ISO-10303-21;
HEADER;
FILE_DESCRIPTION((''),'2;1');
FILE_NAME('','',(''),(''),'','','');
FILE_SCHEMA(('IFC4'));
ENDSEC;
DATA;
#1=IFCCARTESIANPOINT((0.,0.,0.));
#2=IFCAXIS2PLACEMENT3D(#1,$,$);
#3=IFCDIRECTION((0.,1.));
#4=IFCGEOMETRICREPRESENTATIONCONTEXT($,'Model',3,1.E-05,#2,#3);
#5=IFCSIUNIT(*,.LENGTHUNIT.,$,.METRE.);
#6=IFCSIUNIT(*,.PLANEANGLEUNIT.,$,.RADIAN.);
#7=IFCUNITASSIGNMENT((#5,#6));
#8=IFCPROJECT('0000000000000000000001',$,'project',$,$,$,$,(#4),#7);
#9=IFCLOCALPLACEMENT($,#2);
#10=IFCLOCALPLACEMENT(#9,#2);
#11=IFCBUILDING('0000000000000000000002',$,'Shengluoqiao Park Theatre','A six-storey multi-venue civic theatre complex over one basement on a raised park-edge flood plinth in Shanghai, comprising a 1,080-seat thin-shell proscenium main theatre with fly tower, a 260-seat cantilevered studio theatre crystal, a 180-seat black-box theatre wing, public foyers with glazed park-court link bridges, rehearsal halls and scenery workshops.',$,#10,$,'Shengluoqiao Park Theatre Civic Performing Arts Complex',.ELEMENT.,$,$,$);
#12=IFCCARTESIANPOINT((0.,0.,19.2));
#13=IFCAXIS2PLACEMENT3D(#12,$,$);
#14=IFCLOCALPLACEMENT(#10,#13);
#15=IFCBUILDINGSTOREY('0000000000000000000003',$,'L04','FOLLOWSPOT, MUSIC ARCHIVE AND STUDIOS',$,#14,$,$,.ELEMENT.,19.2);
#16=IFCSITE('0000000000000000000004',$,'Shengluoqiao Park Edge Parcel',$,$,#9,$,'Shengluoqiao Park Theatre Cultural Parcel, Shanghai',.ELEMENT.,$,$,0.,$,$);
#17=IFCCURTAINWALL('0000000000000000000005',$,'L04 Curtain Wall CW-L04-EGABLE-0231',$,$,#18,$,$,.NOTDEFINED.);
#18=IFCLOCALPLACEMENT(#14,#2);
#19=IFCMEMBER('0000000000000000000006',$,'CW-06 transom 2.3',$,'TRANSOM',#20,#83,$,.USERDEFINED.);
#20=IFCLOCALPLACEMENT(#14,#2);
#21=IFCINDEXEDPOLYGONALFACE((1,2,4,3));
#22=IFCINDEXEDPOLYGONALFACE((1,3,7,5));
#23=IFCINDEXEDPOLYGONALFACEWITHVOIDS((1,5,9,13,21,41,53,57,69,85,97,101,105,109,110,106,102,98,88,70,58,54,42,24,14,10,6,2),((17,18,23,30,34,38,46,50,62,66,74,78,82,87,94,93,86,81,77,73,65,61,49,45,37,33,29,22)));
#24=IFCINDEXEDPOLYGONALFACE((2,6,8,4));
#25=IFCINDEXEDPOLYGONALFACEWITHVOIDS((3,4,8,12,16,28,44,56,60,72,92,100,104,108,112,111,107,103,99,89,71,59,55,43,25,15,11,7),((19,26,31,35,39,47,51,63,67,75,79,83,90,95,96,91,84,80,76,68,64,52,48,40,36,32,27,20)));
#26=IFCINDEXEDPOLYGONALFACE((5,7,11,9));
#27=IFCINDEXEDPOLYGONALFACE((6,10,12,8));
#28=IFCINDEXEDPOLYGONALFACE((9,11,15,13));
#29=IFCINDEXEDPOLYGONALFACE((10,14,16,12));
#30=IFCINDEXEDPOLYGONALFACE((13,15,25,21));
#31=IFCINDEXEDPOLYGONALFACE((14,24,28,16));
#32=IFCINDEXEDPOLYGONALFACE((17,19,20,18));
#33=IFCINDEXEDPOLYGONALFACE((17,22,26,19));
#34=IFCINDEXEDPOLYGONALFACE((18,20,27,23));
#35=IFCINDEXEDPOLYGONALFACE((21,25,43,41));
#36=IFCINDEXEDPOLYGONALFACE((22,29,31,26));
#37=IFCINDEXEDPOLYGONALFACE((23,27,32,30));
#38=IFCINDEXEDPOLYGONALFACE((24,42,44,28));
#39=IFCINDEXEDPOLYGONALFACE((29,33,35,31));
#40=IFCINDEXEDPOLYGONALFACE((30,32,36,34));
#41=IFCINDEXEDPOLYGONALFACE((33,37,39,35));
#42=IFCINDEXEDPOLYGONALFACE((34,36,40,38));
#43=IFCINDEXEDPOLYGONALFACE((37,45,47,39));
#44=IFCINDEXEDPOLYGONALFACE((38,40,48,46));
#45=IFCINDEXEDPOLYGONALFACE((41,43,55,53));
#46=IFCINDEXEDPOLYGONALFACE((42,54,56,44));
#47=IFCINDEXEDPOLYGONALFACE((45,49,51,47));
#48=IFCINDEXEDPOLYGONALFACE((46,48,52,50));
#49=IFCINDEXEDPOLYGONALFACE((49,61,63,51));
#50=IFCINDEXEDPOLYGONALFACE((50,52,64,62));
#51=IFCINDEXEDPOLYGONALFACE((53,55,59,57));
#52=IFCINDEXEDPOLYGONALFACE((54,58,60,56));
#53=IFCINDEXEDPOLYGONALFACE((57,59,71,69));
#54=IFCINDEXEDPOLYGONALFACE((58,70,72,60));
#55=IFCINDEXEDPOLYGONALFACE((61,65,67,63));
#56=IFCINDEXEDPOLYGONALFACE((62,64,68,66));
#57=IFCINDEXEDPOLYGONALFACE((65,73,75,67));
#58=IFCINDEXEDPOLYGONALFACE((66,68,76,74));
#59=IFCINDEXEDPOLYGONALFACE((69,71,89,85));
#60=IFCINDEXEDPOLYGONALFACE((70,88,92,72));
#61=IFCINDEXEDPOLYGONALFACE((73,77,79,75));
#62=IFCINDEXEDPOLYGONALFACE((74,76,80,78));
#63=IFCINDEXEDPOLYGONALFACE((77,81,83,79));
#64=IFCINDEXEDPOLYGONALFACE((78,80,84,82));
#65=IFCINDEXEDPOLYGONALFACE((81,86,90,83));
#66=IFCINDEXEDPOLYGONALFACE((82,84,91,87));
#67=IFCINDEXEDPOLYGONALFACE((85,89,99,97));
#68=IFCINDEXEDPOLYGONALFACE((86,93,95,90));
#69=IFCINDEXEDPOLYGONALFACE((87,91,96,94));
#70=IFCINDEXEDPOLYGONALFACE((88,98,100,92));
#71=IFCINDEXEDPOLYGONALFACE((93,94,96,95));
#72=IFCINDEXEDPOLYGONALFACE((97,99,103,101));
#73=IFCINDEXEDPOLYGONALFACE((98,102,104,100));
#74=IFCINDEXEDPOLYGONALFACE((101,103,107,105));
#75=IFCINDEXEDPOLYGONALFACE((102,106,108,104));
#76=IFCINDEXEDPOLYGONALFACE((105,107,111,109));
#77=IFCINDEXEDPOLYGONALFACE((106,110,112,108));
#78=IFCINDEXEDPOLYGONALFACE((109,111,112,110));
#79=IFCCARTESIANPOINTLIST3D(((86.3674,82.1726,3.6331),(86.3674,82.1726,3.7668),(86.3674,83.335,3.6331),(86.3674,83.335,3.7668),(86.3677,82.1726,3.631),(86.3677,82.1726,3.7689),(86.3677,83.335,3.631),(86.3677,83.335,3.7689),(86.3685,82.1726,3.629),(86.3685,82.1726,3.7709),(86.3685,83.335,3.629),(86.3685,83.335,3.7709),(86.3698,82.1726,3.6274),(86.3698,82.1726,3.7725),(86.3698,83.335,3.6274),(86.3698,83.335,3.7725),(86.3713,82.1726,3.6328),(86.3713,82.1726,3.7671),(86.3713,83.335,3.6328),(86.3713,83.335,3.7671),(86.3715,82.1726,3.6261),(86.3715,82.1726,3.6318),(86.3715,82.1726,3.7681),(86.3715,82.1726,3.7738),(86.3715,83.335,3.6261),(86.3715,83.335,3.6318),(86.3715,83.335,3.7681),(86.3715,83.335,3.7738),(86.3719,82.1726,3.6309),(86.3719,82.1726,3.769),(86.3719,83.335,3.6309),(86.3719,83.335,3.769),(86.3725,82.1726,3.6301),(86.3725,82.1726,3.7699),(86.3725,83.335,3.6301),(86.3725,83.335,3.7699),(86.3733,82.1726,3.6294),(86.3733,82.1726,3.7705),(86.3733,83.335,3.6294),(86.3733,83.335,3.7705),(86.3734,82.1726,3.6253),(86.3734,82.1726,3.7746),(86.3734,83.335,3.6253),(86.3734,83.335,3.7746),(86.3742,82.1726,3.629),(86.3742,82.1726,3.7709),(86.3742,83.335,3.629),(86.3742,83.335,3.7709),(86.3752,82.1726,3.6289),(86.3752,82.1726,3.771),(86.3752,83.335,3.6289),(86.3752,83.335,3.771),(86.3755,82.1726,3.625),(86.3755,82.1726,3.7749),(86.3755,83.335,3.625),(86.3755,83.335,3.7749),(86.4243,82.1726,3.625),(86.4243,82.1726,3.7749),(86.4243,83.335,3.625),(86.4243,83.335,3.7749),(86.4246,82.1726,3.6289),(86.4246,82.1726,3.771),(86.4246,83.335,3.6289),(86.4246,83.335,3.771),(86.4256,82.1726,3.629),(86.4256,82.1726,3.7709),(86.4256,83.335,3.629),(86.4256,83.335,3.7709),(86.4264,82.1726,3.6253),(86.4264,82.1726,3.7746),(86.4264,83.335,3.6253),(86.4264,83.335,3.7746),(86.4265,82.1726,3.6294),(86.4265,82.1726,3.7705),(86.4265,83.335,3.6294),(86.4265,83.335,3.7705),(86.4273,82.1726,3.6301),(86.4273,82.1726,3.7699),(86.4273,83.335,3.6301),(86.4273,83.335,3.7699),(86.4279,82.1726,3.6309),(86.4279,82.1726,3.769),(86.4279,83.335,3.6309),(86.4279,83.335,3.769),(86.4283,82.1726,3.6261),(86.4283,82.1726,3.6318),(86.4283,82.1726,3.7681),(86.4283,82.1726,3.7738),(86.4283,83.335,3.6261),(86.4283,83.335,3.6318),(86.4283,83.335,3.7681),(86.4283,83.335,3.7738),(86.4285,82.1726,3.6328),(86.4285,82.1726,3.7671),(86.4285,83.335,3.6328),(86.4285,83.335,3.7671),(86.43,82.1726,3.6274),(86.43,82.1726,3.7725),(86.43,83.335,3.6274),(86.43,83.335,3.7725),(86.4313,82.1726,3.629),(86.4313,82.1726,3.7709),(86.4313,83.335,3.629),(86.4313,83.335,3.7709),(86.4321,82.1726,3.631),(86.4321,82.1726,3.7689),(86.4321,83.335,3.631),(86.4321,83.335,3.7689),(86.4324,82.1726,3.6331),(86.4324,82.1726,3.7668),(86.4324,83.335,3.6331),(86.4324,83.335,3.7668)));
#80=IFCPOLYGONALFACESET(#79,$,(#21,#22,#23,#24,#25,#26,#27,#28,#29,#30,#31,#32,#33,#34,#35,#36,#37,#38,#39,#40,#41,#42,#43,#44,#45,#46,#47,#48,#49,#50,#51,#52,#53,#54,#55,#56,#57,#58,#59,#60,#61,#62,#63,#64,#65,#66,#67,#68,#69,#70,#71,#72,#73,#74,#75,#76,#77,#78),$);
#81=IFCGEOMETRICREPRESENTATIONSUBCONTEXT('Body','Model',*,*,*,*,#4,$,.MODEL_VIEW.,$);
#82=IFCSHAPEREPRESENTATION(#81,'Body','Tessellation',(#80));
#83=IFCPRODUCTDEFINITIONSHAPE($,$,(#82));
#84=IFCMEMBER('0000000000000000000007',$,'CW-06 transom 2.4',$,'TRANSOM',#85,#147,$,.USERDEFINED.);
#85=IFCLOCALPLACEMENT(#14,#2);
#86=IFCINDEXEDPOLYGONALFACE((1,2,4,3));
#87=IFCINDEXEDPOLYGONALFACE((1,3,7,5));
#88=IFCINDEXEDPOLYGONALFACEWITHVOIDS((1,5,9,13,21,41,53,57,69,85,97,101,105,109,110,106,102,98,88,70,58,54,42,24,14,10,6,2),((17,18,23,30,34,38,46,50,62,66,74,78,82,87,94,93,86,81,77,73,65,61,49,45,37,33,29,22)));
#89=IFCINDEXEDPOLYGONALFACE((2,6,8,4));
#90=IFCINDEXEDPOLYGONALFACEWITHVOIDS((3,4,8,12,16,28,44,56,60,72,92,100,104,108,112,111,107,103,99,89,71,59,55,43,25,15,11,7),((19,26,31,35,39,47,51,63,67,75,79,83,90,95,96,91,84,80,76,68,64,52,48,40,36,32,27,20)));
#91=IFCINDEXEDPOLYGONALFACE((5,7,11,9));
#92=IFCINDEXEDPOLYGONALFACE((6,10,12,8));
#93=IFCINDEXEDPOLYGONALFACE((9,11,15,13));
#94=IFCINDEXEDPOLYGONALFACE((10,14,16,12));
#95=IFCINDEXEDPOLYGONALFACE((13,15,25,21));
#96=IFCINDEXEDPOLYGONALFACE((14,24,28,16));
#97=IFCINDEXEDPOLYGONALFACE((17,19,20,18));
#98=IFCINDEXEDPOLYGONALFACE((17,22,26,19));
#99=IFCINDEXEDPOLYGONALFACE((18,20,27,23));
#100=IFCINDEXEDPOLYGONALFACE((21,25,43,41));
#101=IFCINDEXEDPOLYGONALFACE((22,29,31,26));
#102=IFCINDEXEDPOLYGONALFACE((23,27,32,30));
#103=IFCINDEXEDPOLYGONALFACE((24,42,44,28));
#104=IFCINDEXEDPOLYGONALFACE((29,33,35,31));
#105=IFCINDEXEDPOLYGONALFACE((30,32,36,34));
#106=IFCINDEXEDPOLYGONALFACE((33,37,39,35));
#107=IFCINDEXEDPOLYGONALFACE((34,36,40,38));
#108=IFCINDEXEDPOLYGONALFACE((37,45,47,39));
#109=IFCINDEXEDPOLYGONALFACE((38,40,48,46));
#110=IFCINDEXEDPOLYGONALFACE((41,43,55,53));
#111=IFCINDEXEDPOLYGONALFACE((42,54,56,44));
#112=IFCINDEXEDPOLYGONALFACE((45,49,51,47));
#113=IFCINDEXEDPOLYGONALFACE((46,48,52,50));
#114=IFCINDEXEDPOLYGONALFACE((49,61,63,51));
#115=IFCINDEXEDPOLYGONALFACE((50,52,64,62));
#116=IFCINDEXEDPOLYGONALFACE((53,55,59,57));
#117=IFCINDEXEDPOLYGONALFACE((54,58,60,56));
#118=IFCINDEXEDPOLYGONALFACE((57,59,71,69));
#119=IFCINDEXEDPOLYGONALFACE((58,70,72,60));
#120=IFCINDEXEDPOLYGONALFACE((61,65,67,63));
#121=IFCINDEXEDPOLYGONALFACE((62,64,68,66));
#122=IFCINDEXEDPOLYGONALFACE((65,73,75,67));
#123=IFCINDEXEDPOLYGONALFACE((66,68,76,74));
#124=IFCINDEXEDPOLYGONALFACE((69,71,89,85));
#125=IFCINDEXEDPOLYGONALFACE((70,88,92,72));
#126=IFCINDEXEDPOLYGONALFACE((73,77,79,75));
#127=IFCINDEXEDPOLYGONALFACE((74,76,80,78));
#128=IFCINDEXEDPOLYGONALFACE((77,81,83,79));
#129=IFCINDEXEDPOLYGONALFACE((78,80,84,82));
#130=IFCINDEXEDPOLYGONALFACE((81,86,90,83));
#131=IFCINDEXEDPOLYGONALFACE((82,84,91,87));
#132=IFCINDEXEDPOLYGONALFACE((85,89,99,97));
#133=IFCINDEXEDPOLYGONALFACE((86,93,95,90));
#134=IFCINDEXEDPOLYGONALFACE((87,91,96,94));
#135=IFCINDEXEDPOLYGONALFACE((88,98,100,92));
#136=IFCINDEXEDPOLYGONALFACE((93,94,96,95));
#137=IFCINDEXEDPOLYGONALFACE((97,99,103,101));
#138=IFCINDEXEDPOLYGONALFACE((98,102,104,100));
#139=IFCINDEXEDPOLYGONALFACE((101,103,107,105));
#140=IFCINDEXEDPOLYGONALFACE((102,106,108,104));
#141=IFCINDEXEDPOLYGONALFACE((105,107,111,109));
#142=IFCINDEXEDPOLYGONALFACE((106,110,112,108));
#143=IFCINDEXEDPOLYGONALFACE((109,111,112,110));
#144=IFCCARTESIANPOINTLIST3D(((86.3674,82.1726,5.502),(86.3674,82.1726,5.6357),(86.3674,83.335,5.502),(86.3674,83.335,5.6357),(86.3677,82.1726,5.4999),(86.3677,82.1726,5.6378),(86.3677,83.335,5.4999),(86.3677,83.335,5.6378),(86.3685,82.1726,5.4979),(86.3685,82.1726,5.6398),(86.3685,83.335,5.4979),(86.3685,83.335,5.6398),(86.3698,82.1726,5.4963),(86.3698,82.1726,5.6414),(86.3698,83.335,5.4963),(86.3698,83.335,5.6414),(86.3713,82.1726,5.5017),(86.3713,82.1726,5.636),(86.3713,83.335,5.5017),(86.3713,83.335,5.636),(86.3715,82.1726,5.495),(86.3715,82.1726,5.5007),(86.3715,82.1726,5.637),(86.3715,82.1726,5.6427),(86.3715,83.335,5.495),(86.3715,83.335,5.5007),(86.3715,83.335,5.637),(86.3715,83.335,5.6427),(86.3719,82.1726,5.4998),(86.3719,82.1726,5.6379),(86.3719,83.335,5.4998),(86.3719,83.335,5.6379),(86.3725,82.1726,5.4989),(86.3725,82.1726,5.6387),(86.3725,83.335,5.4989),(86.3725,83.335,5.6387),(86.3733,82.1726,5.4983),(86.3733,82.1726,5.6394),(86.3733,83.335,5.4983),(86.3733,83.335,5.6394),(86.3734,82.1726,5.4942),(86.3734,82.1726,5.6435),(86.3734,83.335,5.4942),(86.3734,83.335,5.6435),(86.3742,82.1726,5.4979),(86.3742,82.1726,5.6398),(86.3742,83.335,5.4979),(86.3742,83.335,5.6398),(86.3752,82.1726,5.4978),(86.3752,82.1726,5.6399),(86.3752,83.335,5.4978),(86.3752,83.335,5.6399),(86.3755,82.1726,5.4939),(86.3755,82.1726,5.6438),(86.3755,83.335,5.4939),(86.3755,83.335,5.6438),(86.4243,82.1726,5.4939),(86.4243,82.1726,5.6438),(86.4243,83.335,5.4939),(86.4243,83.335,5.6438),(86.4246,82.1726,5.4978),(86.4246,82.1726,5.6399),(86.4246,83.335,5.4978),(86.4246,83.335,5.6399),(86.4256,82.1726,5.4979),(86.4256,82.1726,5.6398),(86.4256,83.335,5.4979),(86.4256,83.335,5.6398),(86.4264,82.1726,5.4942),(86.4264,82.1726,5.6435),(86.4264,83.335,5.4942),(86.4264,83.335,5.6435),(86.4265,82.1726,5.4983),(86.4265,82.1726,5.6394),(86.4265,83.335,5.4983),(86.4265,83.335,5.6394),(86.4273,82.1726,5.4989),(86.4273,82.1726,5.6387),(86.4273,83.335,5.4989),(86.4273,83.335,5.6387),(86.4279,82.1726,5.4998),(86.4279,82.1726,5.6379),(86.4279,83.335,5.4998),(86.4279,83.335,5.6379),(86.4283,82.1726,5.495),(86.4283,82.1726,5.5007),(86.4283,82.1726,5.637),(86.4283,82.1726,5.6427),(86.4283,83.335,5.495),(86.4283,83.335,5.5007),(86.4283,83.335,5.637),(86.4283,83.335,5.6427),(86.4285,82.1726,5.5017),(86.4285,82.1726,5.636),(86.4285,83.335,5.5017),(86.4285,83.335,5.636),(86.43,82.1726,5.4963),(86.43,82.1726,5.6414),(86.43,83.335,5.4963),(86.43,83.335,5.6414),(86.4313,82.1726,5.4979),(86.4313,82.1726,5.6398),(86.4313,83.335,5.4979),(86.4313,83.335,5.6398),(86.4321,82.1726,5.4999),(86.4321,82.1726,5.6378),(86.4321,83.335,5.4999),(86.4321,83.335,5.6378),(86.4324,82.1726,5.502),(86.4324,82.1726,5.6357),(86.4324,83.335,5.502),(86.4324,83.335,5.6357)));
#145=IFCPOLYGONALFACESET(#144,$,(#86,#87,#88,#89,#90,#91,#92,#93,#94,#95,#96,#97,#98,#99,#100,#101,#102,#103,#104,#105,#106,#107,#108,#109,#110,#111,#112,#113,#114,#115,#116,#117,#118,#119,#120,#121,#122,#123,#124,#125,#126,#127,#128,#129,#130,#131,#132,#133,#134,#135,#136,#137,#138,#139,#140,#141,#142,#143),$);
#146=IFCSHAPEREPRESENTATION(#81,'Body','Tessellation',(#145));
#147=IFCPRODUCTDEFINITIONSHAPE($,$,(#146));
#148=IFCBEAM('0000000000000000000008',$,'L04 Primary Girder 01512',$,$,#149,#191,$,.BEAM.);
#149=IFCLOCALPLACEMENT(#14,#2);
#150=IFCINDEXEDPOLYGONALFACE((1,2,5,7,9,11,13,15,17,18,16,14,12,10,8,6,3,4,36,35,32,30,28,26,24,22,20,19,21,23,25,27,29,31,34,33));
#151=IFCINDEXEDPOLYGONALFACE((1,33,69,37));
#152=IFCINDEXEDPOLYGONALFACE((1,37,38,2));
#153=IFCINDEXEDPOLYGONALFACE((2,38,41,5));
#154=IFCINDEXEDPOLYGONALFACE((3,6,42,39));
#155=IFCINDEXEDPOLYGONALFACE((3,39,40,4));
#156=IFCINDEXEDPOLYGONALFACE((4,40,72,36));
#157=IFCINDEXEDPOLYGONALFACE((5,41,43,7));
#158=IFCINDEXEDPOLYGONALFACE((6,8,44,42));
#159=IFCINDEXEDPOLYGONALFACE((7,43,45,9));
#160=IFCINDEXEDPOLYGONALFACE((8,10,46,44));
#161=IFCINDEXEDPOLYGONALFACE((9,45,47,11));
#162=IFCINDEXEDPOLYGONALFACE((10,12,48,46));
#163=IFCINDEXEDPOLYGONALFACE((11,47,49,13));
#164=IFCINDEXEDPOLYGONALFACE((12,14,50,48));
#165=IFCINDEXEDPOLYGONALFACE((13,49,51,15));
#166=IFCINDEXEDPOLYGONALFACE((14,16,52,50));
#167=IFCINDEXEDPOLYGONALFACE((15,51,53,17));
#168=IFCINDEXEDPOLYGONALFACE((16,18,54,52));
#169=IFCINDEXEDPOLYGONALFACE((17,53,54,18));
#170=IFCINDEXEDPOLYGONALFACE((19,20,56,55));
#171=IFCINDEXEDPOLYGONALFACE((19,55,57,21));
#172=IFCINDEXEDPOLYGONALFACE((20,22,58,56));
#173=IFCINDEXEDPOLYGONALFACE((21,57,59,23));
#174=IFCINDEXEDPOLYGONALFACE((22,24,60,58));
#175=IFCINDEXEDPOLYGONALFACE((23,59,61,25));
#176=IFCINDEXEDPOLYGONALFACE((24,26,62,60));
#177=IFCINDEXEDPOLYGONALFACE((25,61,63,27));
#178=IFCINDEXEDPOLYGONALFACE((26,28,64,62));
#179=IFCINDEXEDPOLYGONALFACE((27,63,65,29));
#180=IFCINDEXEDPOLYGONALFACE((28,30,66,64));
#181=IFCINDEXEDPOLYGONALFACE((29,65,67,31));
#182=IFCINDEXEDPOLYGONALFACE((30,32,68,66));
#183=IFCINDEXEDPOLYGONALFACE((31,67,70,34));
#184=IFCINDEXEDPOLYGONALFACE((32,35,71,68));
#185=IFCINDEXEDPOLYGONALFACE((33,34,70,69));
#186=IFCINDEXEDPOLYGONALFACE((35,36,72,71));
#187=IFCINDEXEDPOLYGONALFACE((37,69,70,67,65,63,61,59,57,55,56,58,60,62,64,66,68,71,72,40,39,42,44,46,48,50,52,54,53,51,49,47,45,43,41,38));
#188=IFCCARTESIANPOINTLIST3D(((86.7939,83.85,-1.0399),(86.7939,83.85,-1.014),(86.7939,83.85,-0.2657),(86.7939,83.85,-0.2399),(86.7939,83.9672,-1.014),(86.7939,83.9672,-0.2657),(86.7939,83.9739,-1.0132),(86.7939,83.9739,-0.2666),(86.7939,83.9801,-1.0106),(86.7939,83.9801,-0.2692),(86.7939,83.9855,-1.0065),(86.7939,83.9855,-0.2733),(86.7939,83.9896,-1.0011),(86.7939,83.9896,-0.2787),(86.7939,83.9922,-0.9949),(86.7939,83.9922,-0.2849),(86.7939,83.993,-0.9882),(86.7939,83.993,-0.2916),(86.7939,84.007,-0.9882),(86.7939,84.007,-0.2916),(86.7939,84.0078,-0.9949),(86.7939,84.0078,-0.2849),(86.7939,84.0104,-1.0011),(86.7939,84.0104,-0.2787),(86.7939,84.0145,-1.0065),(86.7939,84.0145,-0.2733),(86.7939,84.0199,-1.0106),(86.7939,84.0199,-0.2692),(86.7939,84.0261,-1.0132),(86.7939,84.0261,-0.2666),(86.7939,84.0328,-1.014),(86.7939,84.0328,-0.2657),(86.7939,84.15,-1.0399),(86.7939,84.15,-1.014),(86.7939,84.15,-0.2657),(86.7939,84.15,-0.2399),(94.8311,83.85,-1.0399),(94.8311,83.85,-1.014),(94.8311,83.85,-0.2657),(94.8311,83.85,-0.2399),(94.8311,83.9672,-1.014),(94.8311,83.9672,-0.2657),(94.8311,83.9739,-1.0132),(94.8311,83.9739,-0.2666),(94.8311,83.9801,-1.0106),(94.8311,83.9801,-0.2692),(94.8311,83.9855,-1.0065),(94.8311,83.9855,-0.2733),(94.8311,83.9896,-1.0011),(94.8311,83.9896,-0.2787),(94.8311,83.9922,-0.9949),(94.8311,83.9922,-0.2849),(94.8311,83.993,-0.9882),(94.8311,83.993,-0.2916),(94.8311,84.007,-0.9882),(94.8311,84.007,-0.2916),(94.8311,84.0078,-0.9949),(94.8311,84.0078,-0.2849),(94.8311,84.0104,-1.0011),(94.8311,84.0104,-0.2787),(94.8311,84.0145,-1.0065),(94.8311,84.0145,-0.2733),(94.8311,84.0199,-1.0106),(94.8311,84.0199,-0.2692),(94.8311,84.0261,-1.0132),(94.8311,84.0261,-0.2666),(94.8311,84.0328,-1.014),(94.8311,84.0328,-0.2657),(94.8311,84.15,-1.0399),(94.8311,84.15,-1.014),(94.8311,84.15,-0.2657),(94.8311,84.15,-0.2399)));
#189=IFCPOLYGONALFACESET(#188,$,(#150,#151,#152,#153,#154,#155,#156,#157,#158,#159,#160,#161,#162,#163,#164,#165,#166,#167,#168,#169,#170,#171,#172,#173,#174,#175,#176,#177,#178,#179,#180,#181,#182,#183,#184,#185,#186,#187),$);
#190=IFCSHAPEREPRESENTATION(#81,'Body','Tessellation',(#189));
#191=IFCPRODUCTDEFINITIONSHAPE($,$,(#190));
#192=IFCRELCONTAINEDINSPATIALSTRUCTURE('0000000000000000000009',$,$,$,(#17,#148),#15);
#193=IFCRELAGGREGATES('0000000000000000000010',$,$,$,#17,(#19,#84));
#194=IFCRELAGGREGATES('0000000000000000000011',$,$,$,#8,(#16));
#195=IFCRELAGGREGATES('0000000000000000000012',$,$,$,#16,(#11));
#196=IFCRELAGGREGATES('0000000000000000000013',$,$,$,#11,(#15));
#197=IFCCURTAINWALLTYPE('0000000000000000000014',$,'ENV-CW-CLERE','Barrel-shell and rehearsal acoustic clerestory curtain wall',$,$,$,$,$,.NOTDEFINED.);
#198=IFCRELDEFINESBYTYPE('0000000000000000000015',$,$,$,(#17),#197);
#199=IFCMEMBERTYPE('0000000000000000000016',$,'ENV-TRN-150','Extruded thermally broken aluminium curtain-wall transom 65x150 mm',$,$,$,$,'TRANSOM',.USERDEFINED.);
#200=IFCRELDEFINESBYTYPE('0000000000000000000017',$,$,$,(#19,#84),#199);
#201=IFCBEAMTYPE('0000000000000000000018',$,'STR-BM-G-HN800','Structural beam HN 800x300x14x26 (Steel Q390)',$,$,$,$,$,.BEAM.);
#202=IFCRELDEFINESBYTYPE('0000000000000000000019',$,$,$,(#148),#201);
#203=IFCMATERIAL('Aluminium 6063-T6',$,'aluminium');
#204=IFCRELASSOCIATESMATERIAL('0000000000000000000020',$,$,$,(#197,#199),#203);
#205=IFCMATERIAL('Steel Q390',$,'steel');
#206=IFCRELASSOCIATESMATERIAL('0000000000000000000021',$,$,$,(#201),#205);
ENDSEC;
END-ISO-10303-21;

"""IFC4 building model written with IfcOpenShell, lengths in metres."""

from ifc_helpers import new_model, si_unit, direction, frame, origin, origin_2d, place, context, subcontext, project, spatial, hollow_rectangle, i_section, extrude, material, material_profile, profile_set, type_object, element, aggregate, save


model = new_model("IFC4")

# Units and contexts
model_context = context("Model", 3, precision=1e-05, world=origin(), true_north=direction((0.0, 1.0)))
body_context = subcontext(model_context, "Body", "Model", "MODEL_VIEW")
ifc_project = project(units=[si_unit("LENGTHUNIT", "METRE"), si_unit("PLANEANGLEUNIT", "RADIAN")], contexts=[model_context])

# Site, building, storey
site_placement = place(None, origin())
site = spatial("IfcSite", under=ifc_project, at=site_placement, Name="Shengluoqiao Park Edge Parcel", LongName="Shengluoqiao Park Theatre Cultural Parcel, Shanghai", CompositionType="ELEMENT", RefElevation=0.0)
building_placement = place(site_placement, origin())
building = spatial("IfcBuilding", under=site, at=building_placement, Name="Shengluoqiao Park Theatre", Description="A six-storey multi-venue civic theatre complex over one basement on a raised park-edge flood plinth in Shanghai, comprising a 1,080-seat thin-shell proscenium main theatre with fly tower, a 260-seat cantilevered studio theatre crystal, a 180-seat black-box theatre wing, public foyers with glazed park-court link bridges, rehearsal halls and scenery workshops.", LongName="Shengluoqiao Park Theatre Civic Performing Arts Complex", CompositionType="ELEMENT")
storey_placement = place(building_placement, frame((0.0, 0.0, 19.2)))
storey = spatial("IfcBuildingStorey", under=building, at=storey_placement, Name="L04", Description="FOLLOWSPOT, MUSIC ARCHIVE AND STUDIOS", CompositionType="ELEMENT", Elevation=19.2)

# Shared definitions
ifc_material_1 = material(Name="Aluminium 6063-T6", Category="aluminium")
curtain_wall_type = type_object("IfcCurtainWallType", Name="ENV-CW-CLERE", Description="Barrel-shell and rehearsal acoustic clerestory curtain wall", PredefinedType="NOTDEFINED", material=ifc_material_1)

# Curtain wall, members
curtain_wall_1_placement = place(storey_placement, origin())
curtain_wall_1 = element("IfcCurtainWall", 1, at=curtain_wall_1_placement, inside=storey, type_object=curtain_wall_type, Name="L04 Curtain Wall CW-L04-EGABLE-0231", PredefinedType="NOTDEFINED")
ifc_material_profile_1 = material_profile(ifc_material_1, hollow_rectangle(XDim=0.0649, YDim=0.1499, WallThickness=0.0039, InnerFilletRadius=0.0039, OuterFilletRadius=0.0081, at=origin_2d()), Name="ALU TRANSOM 150x65x4")
ifc_profile_set_1 = profile_set([ifc_material_profile_1], Name="Aluminium 6063-T6")
member_type_1 = type_object("IfcMemberType", Name="ENV-TRN-150", Description="Extruded thermally broken aluminium curtain-wall transom 65x150 mm", ElementType="TRANSOM", PredefinedType="USERDEFINED", material=ifc_profile_set_1)
member_1_placement = place(storey_placement, frame((86.3999, 82.1726, 3.7), z_axis=(0.0, 1.0, 0.0), x_axis=(-1.0, 0.0, 0.0)))
member_1 = element("IfcMember", 2, at=member_1_placement, type_object=member_type_1, Name="CW-06 transom 2.3", ObjectType="TRANSOM", PredefinedType="USERDEFINED", context=body_context, shape_type="SweptSolid", body=[
    extrude(hollow_rectangle(XDim=0.0649, YDim=0.1499, WallThickness=0.0039, InnerFilletRadius=0.0039, OuterFilletRadius=0.0081, at=origin_2d()), origin(), (0.0, 0.0, 1.0), 1.1624),
])
member_2_placement = place(storey_placement, frame((86.3999, 82.1726, 5.5688), z_axis=(0.0, 1.0, 0.0), x_axis=(-1.0, 0.0, 0.0)))
member_2 = element("IfcMember", 3, at=member_2_placement, type_object=member_type_1, Name="CW-06 transom 2.4", ObjectType="TRANSOM", PredefinedType="USERDEFINED", context=body_context, shape_type="SweptSolid", body=[
    extrude(hollow_rectangle(XDim=0.0649, YDim=0.1499, WallThickness=0.0039, InnerFilletRadius=0.0039, OuterFilletRadius=0.0081, at=origin_2d()), origin(), (0.0, 0.0, 1.0), 1.1624),
])

# Beam
ifc_material_2 = material(Name="Steel Q390", Category="steel")
ifc_material_profile_2 = material_profile(ifc_material_2, i_section(OverallWidth=0.3, OverallDepth=0.8, WebThickness=0.0139, FlangeThickness=0.0259, FilletRadius=0.0259, at=origin_2d()), Name="HN 800x300x14x26")
ifc_profile_set_2 = profile_set([ifc_material_profile_2], Name="Steel Q390")
beam_type = type_object("IfcBeamType", Name="STR-BM-G-HN800", Description="Structural beam HN 800x300x14x26 (Steel Q390)", PredefinedType="BEAM", material=ifc_profile_set_2)
beam_placement = place(storey_placement, frame((86.7939, 84.0, -0.6399), z_axis=(1.0, 0.0, 0.0), x_axis=(0.0, 1.0, 0.0)))
element("IfcBeam", 4, at=beam_placement, inside=storey, type_object=beam_type, Name="L04 Primary Girder 01512", PredefinedType="BEAM", context=body_context, shape_type="SweptSolid", body=[
    extrude(i_section(OverallWidth=0.3, OverallDepth=0.8, WebThickness=0.0139, FlangeThickness=0.0259, FilletRadius=0.0259, at=origin_2d()), origin(), (0.0, 0.0, 1.0), 8.0371),
])

aggregate(curtain_wall_1, [member_1, member_2])

save(model, "model.ifc")
